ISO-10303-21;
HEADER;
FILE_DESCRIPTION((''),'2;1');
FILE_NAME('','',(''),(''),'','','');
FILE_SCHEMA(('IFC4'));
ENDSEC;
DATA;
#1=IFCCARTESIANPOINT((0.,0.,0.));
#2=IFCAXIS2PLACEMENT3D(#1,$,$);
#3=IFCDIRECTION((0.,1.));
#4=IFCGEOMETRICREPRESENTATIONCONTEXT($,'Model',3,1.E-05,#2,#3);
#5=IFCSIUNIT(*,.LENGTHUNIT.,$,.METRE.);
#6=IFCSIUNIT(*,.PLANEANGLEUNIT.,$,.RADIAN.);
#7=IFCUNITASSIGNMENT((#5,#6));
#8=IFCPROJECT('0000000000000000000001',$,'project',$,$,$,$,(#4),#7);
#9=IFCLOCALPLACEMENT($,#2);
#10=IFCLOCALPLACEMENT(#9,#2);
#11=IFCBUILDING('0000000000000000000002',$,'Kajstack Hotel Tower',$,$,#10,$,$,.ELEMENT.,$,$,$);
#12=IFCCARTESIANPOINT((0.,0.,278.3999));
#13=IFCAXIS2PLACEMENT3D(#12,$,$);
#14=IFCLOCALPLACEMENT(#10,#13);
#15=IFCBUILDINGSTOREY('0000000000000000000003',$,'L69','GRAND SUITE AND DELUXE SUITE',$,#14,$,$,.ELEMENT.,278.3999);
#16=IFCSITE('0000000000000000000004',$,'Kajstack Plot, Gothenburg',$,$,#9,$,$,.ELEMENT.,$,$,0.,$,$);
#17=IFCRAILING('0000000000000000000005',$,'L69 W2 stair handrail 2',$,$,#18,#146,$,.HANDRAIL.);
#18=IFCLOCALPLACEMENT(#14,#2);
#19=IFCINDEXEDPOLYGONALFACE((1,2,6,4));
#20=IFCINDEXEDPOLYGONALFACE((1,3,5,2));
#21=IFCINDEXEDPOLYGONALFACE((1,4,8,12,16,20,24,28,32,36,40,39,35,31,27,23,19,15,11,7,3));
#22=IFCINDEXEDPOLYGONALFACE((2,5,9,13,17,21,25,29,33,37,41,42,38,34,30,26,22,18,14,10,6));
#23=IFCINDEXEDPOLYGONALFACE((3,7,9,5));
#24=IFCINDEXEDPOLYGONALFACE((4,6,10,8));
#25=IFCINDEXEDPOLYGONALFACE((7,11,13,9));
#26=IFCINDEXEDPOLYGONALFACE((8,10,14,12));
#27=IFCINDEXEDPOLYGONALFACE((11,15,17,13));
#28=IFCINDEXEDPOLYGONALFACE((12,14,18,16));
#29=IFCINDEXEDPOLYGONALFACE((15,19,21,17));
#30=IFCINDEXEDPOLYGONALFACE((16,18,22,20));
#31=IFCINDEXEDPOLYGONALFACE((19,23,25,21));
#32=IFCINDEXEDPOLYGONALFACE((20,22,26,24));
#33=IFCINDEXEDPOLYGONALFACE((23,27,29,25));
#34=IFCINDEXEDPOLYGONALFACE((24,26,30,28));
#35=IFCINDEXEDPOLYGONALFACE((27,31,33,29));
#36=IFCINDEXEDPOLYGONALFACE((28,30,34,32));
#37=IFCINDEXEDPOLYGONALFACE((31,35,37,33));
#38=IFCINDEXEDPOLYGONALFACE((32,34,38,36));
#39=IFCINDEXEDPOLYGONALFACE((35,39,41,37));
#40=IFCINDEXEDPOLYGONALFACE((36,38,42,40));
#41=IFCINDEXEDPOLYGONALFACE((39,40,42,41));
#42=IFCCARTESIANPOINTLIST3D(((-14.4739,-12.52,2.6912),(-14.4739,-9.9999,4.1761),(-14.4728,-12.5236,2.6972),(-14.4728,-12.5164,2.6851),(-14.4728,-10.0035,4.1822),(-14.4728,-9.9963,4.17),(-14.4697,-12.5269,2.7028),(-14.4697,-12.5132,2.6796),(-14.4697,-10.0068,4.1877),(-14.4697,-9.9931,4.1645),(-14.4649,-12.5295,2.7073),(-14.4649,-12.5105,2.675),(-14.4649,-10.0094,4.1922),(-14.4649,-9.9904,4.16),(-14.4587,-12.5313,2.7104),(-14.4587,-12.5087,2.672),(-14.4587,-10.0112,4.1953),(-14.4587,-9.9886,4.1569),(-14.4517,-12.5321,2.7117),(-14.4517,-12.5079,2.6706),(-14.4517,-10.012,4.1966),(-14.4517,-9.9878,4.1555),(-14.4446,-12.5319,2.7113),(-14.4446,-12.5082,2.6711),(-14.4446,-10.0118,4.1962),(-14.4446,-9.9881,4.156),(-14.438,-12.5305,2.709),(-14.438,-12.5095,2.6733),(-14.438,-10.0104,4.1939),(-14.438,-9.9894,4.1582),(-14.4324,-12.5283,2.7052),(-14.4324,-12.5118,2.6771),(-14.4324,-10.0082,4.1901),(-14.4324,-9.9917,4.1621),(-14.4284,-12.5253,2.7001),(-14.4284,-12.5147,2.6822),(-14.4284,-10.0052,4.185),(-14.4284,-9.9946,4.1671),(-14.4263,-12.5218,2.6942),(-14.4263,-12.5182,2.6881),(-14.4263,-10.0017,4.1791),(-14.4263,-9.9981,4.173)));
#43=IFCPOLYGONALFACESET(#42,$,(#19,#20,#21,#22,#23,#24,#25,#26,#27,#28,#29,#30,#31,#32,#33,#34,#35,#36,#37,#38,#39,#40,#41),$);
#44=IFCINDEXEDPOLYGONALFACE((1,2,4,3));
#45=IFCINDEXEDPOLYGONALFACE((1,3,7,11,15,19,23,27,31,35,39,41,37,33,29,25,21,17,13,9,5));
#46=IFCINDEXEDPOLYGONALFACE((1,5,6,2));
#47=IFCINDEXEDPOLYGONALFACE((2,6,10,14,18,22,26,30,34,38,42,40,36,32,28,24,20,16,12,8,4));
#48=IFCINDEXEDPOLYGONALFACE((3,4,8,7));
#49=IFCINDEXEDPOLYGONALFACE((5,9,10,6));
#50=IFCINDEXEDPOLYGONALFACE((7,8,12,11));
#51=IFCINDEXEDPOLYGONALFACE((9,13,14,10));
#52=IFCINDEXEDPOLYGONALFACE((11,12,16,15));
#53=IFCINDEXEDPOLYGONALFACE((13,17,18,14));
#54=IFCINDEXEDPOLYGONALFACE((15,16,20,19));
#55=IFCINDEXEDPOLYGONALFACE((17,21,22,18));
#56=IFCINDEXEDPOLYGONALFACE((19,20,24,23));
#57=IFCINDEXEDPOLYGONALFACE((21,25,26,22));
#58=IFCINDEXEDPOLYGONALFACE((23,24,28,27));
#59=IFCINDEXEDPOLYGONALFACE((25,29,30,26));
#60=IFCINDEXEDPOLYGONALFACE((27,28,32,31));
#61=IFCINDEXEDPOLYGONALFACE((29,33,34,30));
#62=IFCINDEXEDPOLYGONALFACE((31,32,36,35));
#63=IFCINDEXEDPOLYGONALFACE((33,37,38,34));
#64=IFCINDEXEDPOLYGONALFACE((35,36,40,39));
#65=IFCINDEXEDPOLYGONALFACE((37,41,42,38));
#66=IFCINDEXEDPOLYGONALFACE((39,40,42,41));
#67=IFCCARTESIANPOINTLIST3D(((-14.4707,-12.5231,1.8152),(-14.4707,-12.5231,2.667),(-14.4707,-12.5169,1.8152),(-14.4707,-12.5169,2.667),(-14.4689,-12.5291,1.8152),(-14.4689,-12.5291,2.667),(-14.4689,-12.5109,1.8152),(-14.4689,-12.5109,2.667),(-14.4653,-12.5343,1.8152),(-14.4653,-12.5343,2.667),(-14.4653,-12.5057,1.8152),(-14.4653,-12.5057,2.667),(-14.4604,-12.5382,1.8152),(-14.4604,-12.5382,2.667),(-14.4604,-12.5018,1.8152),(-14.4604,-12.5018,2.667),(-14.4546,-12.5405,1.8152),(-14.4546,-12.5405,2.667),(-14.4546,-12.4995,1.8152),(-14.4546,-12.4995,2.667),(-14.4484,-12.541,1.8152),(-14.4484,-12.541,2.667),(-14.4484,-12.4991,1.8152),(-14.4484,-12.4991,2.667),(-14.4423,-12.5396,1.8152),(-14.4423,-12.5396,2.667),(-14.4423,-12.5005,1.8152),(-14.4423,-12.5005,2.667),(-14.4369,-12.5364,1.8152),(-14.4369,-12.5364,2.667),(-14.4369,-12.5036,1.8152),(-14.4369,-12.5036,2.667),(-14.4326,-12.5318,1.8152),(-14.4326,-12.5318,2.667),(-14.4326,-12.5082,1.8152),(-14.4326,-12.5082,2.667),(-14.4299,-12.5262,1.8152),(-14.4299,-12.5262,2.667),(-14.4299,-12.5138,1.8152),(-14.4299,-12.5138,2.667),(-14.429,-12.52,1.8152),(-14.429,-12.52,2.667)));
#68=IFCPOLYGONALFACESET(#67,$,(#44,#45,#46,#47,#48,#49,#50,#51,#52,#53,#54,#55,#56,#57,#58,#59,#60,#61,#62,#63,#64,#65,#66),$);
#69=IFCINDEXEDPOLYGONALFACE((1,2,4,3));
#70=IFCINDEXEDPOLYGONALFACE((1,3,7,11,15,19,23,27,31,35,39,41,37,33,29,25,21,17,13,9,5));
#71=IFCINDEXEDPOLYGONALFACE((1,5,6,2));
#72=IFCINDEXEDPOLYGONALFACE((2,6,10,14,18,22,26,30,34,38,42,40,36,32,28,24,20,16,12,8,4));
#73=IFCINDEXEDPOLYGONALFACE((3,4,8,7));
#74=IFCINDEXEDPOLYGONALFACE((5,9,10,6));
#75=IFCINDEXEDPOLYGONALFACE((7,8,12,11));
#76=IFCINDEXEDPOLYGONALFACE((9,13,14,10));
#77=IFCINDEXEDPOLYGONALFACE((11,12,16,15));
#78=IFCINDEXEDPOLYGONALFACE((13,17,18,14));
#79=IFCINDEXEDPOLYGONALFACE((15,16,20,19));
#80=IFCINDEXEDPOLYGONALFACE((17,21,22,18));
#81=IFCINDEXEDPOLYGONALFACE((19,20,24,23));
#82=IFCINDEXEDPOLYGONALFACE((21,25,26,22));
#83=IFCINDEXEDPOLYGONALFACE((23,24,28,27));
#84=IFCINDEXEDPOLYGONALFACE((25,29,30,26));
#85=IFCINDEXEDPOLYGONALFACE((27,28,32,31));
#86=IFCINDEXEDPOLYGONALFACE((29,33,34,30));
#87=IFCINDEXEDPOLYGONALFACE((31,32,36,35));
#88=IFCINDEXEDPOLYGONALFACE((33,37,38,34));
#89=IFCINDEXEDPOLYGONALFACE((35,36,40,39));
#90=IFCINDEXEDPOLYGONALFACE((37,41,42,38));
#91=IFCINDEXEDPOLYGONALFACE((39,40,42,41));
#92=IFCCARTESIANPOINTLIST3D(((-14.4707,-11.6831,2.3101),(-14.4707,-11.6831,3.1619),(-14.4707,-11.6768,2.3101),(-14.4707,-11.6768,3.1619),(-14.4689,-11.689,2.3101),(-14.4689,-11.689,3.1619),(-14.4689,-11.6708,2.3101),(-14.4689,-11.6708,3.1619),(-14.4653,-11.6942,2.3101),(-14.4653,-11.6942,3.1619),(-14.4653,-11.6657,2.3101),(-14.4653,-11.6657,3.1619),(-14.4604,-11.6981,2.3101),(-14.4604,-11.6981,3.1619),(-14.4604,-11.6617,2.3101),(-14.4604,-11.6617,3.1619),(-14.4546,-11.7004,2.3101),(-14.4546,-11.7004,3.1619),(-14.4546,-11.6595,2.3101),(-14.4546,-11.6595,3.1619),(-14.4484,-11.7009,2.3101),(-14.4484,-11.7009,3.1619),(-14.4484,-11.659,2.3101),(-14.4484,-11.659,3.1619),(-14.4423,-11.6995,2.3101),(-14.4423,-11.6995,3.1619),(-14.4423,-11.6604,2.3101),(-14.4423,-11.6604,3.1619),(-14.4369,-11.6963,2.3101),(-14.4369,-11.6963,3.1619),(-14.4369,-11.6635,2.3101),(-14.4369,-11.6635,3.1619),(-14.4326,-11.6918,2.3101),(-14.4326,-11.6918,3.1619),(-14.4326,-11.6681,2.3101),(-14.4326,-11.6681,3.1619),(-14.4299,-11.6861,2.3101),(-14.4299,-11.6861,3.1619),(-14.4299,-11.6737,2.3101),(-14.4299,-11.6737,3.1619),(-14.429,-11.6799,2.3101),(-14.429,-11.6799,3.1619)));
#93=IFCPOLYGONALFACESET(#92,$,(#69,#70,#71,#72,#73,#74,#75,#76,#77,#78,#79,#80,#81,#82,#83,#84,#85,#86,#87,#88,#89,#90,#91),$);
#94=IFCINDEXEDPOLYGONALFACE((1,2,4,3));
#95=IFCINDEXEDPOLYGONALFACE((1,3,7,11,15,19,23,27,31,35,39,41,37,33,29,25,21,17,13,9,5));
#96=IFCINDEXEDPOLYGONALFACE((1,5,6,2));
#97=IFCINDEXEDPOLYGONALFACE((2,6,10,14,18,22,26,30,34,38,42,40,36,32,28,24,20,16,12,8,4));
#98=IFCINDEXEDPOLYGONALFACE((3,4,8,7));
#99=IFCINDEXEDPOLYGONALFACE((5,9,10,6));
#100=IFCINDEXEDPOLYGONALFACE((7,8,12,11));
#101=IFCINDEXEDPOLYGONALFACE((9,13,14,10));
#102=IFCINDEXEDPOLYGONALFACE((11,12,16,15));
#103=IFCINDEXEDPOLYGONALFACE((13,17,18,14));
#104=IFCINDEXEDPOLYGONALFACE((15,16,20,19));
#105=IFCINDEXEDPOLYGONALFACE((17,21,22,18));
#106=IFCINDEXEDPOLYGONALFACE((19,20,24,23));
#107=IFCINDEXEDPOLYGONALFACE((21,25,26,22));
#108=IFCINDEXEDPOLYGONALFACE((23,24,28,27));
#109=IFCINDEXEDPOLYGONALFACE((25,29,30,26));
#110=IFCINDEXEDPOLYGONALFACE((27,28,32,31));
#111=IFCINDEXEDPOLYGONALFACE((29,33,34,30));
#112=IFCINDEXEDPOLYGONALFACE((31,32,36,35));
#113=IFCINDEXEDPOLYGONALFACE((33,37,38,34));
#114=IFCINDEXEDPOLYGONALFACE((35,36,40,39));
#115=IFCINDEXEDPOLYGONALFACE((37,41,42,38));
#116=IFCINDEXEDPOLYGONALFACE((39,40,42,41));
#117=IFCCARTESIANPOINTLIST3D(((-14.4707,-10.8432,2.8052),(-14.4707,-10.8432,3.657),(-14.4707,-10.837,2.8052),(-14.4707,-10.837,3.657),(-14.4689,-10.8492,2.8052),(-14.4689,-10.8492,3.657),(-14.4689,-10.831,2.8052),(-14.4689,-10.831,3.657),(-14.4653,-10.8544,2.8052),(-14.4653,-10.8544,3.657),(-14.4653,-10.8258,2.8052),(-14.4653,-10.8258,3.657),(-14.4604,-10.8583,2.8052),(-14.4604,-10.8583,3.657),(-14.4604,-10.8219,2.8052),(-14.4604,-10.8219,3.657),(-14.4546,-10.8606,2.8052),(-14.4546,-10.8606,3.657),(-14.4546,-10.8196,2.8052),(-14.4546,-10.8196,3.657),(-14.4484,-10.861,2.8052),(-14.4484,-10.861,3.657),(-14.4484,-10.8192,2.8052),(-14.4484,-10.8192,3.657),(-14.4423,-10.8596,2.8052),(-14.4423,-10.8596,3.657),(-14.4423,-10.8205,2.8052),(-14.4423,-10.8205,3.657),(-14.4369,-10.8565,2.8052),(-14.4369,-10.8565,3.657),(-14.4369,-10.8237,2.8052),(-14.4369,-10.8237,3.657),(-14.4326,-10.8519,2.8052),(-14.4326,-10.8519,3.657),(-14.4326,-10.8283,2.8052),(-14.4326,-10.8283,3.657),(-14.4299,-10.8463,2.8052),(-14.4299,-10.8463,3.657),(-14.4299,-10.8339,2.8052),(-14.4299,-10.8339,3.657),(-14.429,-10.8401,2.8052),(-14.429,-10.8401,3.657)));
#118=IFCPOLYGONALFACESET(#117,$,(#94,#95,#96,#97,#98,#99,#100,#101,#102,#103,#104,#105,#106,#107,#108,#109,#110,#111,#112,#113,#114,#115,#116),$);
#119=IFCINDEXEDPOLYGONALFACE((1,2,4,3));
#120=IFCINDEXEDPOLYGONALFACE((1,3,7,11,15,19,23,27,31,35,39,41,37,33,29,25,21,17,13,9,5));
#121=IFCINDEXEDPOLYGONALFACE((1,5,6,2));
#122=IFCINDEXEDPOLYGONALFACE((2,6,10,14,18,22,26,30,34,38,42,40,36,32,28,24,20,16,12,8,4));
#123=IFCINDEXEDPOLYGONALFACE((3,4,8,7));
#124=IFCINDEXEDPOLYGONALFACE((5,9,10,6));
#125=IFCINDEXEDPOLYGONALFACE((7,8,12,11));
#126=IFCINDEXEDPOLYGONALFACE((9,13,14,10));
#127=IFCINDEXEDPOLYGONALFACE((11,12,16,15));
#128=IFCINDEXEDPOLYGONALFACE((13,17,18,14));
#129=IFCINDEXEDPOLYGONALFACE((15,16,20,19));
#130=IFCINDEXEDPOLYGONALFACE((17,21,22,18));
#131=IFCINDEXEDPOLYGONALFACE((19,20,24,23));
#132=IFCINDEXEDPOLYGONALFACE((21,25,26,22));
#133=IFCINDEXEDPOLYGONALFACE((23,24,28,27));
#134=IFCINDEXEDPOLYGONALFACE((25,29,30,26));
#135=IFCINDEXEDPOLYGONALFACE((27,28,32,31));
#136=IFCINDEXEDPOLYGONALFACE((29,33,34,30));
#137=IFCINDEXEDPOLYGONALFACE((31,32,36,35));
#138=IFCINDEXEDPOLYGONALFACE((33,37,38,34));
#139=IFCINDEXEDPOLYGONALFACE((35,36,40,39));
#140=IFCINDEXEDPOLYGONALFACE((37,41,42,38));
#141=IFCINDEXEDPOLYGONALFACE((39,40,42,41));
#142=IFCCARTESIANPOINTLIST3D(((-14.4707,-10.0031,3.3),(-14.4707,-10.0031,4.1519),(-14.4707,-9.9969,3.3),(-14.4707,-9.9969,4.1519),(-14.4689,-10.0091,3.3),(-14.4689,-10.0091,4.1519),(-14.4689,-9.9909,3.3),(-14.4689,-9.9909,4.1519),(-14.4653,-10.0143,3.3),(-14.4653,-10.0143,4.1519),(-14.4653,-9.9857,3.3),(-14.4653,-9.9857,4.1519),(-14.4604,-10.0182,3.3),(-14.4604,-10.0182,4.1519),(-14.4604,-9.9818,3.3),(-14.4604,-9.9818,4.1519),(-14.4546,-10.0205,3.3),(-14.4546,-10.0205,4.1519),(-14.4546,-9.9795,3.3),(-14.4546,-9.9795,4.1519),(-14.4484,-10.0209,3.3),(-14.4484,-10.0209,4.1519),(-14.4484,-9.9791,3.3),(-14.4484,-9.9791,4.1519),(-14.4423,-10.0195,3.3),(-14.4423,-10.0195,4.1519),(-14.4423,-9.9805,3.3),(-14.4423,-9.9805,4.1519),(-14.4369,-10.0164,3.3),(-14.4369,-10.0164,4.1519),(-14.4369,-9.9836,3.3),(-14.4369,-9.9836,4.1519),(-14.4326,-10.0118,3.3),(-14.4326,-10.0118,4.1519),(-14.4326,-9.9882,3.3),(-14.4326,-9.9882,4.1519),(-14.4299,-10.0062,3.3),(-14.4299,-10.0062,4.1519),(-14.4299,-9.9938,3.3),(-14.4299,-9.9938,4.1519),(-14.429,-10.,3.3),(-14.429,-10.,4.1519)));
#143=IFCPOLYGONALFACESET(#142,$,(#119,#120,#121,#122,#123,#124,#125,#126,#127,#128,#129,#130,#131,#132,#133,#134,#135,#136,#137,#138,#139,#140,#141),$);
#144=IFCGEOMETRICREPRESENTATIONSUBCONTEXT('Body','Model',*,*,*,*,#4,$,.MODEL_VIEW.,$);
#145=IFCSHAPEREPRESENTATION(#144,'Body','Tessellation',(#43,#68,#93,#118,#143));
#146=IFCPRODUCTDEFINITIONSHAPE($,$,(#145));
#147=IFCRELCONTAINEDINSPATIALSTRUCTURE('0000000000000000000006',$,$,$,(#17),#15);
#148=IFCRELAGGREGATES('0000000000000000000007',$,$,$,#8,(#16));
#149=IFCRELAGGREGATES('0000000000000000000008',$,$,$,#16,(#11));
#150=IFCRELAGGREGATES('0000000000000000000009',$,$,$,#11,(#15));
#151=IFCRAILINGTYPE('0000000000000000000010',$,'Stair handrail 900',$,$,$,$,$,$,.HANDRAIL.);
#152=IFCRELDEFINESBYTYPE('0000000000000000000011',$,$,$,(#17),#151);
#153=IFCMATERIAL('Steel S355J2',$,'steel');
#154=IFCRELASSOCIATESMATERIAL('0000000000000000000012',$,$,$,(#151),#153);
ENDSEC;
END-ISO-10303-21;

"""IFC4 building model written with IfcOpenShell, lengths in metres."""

from ifc_helpers import new_model, si_unit, direction, frame, origin, origin_2d, place, context, subcontext, project, spatial, circle, extrude, material, type_object, element, save


model = new_model("IFC4")

# Units and contexts
model_context = context("Model", 3, precision=1e-05, world=origin(), true_north=direction((0.0, 1.0)))
body_context = subcontext(model_context, "Body", "Model", "MODEL_VIEW")
ifc_project = project(units=[si_unit("LENGTHUNIT", "METRE"), si_unit("PLANEANGLEUNIT", "RADIAN")], contexts=[model_context])

# Site, building, storey
site_placement = place(None, origin())
site = spatial("IfcSite", under=ifc_project, at=site_placement, Name="Kajstack Plot, Gothenburg", CompositionType="ELEMENT", RefElevation=0.0)
building_placement = place(site_placement, origin())
building = spatial("IfcBuilding", under=site, at=building_placement, Name="Kajstack Hotel Tower", CompositionType="ELEMENT")
storey_placement = place(building_placement, frame((0.0, 0.0, 278.3999)))
storey = spatial("IfcBuildingStorey", under=building, at=storey_placement, Name="L69", Description="GRAND SUITE AND DELUXE SUITE", CompositionType="ELEMENT", Elevation=278.3999)

# Railing
ifc_material_1 = material(Name="Steel S355J2", Category="steel")
railing_type_1 = type_object("IfcRailingType", Name="Stair handrail 900", PredefinedType="HANDRAIL", material=ifc_material_1)
railing_1_placement = place(storey_placement, frame((-14.45, -12.52, 1.8152)))
element("IfcRailing", 1, at=railing_1_placement, inside=storey, type_object=railing_type_1, Name="L69 W2 stair handrail 2", PredefinedType="HANDRAIL", context=body_context, shape_type="SweptSolid", body=[
    extrude(circle(Radius=0.0239, at=origin_2d()), frame((0.0, 0.0, 0.876), z_axis=(0.0, 0.861561, 0.507655), x_axis=(-1.0, 0.0, 0.0)), (0.0, 0.0, 1.0), 2.925),
    extrude(circle(Radius=0.021, at=origin_2d()), origin(), (0.0, 0.0, 1.0), 0.8518),
    extrude(circle(Radius=0.021, at=origin_2d()), frame((0.0, 0.8401, 0.4949)), (0.0, 0.0, 1.0), 0.8518),
    extrude(circle(Radius=0.021, at=origin_2d()), frame((0.0, 1.6799, 0.99)), (0.0, 0.0, 1.0), 0.8518),
    extrude(circle(Radius=0.021, at=origin_2d()), frame((0.0, 2.52, 1.4849)), (0.0, 0.0, 1.0), 0.8518),
])

save(model, "model.ifc")
